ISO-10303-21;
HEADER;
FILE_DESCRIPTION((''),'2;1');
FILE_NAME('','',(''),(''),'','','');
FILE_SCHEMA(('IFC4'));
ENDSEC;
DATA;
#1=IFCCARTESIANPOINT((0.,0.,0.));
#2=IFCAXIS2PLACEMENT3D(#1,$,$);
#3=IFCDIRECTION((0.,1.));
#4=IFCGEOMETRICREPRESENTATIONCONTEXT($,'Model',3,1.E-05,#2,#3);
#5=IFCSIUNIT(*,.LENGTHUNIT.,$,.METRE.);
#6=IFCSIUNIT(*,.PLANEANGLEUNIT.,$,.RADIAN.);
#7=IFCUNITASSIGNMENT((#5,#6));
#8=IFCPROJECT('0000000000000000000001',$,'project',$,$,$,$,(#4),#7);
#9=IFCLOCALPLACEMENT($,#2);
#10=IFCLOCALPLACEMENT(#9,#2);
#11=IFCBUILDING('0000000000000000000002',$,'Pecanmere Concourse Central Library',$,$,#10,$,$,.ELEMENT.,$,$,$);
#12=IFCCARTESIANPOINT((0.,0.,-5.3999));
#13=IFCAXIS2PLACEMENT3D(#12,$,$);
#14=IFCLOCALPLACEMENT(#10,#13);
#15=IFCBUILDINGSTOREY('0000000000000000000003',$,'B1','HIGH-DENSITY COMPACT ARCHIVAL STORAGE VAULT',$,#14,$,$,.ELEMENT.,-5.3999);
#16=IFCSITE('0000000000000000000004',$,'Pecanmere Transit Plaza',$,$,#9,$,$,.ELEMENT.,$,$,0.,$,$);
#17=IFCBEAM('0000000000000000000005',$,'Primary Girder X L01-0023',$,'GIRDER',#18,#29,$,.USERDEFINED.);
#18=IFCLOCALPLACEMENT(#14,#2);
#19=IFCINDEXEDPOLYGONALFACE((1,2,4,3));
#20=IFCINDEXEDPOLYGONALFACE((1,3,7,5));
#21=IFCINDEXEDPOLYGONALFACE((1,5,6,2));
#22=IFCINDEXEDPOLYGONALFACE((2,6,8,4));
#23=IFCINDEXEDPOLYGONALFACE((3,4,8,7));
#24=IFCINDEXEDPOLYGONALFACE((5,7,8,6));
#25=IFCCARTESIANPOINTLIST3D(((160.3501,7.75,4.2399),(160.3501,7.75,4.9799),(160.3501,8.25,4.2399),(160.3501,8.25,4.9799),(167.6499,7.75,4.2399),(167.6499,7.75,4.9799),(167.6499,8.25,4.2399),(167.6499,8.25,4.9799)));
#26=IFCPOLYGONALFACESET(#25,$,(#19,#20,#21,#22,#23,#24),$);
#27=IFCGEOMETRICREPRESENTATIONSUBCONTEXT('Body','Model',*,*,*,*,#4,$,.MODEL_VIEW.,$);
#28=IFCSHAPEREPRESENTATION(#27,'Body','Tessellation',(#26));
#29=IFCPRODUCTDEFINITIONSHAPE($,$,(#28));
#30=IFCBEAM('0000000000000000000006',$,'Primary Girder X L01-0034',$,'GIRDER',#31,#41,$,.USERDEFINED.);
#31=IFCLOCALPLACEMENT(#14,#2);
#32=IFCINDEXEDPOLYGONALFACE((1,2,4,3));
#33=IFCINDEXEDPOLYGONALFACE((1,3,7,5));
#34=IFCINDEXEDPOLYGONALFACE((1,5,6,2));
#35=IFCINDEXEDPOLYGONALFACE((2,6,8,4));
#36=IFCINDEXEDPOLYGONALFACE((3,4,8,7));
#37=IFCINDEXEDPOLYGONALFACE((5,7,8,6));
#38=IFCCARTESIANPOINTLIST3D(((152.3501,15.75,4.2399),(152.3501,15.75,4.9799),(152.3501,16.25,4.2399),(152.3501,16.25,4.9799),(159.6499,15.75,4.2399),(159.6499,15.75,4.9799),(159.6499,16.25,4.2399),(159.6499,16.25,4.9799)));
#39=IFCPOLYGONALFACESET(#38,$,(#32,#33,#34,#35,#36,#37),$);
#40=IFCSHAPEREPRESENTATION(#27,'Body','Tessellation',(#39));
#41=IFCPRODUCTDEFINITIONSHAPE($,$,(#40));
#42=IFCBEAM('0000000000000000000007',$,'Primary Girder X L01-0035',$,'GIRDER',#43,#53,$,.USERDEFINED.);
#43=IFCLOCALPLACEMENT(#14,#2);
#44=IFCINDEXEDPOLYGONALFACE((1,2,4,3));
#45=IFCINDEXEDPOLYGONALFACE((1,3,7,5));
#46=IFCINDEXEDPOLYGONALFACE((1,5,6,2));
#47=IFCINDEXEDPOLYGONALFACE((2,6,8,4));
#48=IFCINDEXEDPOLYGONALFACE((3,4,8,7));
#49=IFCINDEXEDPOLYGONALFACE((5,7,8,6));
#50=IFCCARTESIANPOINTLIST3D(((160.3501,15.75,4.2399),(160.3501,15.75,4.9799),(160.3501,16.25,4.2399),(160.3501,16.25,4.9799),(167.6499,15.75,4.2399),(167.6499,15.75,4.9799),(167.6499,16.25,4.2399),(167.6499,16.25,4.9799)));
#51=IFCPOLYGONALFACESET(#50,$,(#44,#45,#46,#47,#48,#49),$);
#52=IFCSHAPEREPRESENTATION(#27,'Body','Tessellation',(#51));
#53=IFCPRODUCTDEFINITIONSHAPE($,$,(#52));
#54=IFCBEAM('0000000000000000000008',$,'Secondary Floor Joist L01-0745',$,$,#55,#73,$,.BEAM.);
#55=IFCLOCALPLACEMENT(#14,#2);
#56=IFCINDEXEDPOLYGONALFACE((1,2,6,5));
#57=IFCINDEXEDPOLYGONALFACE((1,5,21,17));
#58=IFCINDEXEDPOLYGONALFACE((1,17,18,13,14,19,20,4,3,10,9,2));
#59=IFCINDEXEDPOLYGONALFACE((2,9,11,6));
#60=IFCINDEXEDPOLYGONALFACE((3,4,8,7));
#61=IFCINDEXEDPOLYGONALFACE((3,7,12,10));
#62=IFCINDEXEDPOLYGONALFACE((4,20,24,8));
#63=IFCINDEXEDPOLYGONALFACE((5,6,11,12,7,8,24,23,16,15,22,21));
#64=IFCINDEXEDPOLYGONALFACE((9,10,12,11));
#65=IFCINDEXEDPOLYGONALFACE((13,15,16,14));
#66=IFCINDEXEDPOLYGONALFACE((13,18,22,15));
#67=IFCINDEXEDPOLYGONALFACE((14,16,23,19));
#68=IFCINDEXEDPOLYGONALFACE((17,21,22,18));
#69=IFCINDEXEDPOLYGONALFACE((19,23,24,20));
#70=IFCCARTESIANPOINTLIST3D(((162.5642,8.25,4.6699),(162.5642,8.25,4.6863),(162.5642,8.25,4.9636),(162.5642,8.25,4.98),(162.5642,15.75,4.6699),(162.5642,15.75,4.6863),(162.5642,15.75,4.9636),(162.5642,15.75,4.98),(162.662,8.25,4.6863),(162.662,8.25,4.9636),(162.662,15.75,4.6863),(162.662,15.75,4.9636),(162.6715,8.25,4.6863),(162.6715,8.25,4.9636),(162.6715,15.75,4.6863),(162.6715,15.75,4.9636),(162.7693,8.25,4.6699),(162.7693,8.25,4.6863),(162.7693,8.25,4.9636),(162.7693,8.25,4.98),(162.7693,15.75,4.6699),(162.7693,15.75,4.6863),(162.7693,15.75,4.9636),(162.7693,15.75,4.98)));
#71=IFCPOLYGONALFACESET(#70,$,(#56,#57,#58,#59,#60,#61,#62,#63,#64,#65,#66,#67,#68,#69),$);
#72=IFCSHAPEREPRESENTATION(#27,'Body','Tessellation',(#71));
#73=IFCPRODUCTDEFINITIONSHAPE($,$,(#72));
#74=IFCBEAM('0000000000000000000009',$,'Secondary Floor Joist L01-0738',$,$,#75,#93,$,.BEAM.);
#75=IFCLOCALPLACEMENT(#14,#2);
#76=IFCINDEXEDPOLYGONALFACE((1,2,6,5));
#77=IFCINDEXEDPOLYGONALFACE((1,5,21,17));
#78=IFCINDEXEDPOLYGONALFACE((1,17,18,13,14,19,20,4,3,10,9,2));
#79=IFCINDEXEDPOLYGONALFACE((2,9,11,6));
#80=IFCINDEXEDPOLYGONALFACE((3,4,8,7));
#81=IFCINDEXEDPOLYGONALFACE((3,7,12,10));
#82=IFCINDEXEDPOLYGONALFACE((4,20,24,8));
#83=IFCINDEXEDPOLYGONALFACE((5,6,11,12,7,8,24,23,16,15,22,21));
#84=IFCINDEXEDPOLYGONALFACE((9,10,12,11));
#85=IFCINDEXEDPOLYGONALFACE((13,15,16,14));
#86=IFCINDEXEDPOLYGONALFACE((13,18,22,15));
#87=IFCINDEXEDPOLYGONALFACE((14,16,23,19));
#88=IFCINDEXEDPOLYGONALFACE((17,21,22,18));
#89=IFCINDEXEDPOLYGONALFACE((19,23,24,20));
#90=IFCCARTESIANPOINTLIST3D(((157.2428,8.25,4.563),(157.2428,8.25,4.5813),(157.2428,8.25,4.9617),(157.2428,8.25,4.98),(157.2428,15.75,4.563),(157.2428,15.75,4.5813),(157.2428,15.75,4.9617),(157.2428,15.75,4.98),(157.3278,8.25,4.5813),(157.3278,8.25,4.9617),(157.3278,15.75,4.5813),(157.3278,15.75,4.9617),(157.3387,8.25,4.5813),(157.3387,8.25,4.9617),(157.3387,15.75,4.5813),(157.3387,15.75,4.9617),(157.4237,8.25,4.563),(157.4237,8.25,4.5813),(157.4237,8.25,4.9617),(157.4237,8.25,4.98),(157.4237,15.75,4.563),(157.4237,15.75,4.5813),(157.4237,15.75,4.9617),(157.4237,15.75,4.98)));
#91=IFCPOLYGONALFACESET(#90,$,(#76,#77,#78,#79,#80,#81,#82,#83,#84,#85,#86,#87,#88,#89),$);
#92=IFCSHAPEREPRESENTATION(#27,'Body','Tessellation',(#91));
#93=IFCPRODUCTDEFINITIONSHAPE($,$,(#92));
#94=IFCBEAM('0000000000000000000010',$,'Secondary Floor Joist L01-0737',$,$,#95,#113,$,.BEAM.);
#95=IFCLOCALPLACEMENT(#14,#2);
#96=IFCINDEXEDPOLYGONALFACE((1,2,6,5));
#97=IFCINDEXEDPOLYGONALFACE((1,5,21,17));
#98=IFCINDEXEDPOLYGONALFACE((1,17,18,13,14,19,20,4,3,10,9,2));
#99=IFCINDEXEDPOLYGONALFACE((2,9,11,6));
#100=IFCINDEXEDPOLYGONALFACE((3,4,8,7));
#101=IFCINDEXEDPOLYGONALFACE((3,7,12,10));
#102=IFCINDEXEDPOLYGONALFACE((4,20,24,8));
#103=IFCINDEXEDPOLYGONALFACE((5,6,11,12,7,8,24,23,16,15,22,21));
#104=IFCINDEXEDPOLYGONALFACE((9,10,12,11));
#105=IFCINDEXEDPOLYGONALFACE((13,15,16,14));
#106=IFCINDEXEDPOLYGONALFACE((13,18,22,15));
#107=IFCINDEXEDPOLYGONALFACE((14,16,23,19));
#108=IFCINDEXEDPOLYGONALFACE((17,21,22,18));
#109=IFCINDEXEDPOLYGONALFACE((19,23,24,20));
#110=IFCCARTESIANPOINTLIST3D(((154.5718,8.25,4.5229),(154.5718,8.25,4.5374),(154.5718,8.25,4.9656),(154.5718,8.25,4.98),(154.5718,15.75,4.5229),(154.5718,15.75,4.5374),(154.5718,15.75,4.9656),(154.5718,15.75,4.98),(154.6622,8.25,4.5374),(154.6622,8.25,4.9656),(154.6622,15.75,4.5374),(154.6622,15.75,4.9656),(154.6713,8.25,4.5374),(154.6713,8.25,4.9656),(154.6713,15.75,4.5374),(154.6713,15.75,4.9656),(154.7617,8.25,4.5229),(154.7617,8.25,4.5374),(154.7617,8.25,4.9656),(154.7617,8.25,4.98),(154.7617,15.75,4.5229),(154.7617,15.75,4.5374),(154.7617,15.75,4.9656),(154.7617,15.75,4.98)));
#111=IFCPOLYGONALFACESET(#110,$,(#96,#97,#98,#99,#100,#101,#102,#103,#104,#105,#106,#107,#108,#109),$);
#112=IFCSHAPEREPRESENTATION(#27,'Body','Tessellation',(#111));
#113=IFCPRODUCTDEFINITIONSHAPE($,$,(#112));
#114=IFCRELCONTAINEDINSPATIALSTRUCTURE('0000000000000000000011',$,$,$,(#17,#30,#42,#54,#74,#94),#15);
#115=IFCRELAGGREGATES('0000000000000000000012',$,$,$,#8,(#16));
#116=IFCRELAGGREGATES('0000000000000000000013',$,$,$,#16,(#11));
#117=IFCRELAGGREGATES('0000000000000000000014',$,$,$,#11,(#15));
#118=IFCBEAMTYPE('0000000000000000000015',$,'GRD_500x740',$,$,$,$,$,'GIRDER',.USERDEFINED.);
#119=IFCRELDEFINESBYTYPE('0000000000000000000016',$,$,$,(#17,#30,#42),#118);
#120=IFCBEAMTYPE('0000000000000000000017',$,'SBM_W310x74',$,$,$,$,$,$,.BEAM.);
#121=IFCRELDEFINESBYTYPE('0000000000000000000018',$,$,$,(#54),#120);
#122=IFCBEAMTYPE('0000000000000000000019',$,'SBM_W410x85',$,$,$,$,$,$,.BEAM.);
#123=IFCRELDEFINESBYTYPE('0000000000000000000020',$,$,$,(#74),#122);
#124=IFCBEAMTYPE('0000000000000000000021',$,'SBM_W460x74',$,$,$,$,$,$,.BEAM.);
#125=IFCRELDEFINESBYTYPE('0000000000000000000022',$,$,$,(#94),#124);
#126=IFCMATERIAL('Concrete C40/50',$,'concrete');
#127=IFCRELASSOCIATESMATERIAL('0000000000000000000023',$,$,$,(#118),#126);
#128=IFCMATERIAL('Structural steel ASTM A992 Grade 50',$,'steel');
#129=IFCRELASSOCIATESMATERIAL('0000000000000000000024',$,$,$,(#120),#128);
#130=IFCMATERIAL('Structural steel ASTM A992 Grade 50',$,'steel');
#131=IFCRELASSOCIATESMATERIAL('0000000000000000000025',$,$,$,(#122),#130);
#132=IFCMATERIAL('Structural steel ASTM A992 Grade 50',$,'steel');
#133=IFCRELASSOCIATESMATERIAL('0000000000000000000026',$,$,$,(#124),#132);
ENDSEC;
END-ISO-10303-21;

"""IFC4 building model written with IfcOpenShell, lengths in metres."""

from ifc_helpers import new_model, si_unit, direction, frame, origin, origin_2d, place, context, subcontext, project, spatial, rectangle, i_section, extrude, material, material_profile, profile_set, type_object, element, save


model = new_model("IFC4")

# Units and contexts
model_context = context("Model", 3, precision=1e-05, world=origin(), true_north=direction((0.0, 1.0)))
body_context = subcontext(model_context, "Body", "Model", "MODEL_VIEW")
ifc_project = project(units=[si_unit("LENGTHUNIT", "METRE"), si_unit("PLANEANGLEUNIT", "RADIAN")], contexts=[model_context])

# Site, building, storey
site_placement = place(None, origin())
site = spatial("IfcSite", under=ifc_project, at=site_placement, Name="Pecanmere Transit Plaza", CompositionType="ELEMENT", RefElevation=0.0)
building_placement = place(site_placement, origin())
building = spatial("IfcBuilding", under=site, at=building_placement, Name="Pecanmere Concourse Central Library", CompositionType="ELEMENT")
storey_placement = place(building_placement, frame((0.0, 0.0, -5.3999)))
storey = spatial("IfcBuildingStorey", under=building, at=storey_placement, Name="B1", Description="HIGH-DENSITY COMPACT ARCHIVAL STORAGE VAULT", CompositionType="ELEMENT", Elevation=-5.3999)

# Beams
ifc_material_1 = material(Name="Concrete C40/50", Category="concrete")
ifc_material_profile_1 = material_profile(ifc_material_1, rectangle(XDim=0.5, YDim=0.74, at=origin_2d()), Name="RC 500x740")
ifc_profile_set_1 = profile_set([ifc_material_profile_1], Name="Concrete C40/50")
beam_type_1 = type_object("IfcBeamType", Name="GRD_500x740", ElementType="GIRDER", PredefinedType="USERDEFINED", material=ifc_profile_set_1)
for number, where, z_axis, x_axis, name in (
    (1, (160.3501, 8.0, 4.6099), (1.0, 0.0, 0.0), (0.0, 1.0, 0.0), "Primary Girder X L01-0023"),
    (2, (152.3501, 16.0, 4.6099), (1.0, 0.0, 0.0), (0.0, 1.0, 0.0), "Primary Girder X L01-0034"),
    (3, (160.3501, 16.0, 4.6099), (1.0, 0.0, 0.0), (0.0, 1.0, 0.0), "Primary Girder X L01-0035"),
):
    element("IfcBeam", number, at=place(storey_placement, frame(where, z_axis=z_axis, x_axis=x_axis)), inside=storey, type_object=beam_type_1, Name=name, ObjectType="GIRDER", PredefinedType="USERDEFINED", context=body_context, shape_type="SweptSolid", body=[
        extrude(rectangle(XDim=0.5, YDim=0.74, at=origin_2d()), origin(), (0.0, 0.0, 1.0), 7.2998),
    ])
ifc_material_2 = material(Name="Structural steel ASTM A992 Grade 50", Category="steel")
ifc_material_profile_2 = material_profile(ifc_material_2, i_section(OverallWidth=0.2051, OverallDepth=0.3101, WebThickness=0.0095, FlangeThickness=0.0164, at=origin_2d()), Name="W310x74")
ifc_profile_set_2 = profile_set([ifc_material_profile_2], Name="Structural steel ASTM A992 Grade 50")
beam_type_2 = type_object("IfcBeamType", Name="SBM_W310x74", PredefinedType="BEAM", material=ifc_profile_set_2)
beam_1_placement = place(storey_placement, frame((162.6667, 8.25, 4.825), z_axis=(0.0, 1.0, 0.0), x_axis=(-1.0, 0.0, 0.0)))
element("IfcBeam", 4, at=beam_1_placement, inside=storey, type_object=beam_type_2, Name="Secondary Floor Joist L01-0745", PredefinedType="BEAM", context=body_context, shape_type="SweptSolid", body=[
    extrude(i_section(OverallWidth=0.2051, OverallDepth=0.3101, WebThickness=0.0095, FlangeThickness=0.0164, at=origin_2d()), origin(), (0.0, 0.0, 1.0), 7.5),
])
ifc_material_3 = material(Name="Structural steel ASTM A992 Grade 50", Category="steel")
ifc_material_profile_3 = material_profile(ifc_material_3, i_section(OverallWidth=0.1809, OverallDepth=0.417, WebThickness=0.011, FlangeThickness=0.0183, at=origin_2d()), Name="W410x85")
ifc_profile_set_3 = profile_set([ifc_material_profile_3], Name="Structural steel ASTM A992 Grade 50")
beam_type_3 = type_object("IfcBeamType", Name="SBM_W410x85", PredefinedType="BEAM", material=ifc_profile_set_3)
beam_2_placement = place(storey_placement, frame((157.3333, 8.25, 4.7715), z_axis=(0.0, 1.0, 0.0), x_axis=(-1.0, 0.0, 0.0)))
element("IfcBeam", 5, at=beam_2_placement, inside=storey, type_object=beam_type_3, Name="Secondary Floor Joist L01-0738", PredefinedType="BEAM", context=body_context, shape_type="SweptSolid", body=[
    extrude(i_section(OverallWidth=0.1809, OverallDepth=0.417, WebThickness=0.011, FlangeThickness=0.0183, at=origin_2d()), origin(), (0.0, 0.0, 1.0), 7.5),
])
ifc_material_4 = material(Name="Structural steel ASTM A992 Grade 50", Category="steel")
ifc_material_profile_4 = material_profile(ifc_material_4, i_section(OverallWidth=0.1899, OverallDepth=0.457, WebThickness=0.009, FlangeThickness=0.0144, at=origin_2d()), Name="W460x74")
ifc_profile_set_4 = profile_set([ifc_material_profile_4], Name="Structural steel ASTM A992 Grade 50")
beam_type_4 = type_object("IfcBeamType", Name="SBM_W460x74", PredefinedType="BEAM", material=ifc_profile_set_4)
beam_3_placement = place(storey_placement, frame((154.6667, 8.25, 4.7515), z_axis=(0.0, 1.0, 0.0), x_axis=(-1.0, 0.0, 0.0)))
element("IfcBeam", 6, at=beam_3_placement, inside=storey, type_object=beam_type_4, Name="Secondary Floor Joist L01-0737", PredefinedType="BEAM", context=body_context, shape_type="SweptSolid", body=[
    extrude(i_section(OverallWidth=0.1899, OverallDepth=0.457, WebThickness=0.009, FlangeThickness=0.0144, at=origin_2d()), origin(), (0.0, 0.0, 1.0), 7.5),
])

save(model, "model.ifc")
